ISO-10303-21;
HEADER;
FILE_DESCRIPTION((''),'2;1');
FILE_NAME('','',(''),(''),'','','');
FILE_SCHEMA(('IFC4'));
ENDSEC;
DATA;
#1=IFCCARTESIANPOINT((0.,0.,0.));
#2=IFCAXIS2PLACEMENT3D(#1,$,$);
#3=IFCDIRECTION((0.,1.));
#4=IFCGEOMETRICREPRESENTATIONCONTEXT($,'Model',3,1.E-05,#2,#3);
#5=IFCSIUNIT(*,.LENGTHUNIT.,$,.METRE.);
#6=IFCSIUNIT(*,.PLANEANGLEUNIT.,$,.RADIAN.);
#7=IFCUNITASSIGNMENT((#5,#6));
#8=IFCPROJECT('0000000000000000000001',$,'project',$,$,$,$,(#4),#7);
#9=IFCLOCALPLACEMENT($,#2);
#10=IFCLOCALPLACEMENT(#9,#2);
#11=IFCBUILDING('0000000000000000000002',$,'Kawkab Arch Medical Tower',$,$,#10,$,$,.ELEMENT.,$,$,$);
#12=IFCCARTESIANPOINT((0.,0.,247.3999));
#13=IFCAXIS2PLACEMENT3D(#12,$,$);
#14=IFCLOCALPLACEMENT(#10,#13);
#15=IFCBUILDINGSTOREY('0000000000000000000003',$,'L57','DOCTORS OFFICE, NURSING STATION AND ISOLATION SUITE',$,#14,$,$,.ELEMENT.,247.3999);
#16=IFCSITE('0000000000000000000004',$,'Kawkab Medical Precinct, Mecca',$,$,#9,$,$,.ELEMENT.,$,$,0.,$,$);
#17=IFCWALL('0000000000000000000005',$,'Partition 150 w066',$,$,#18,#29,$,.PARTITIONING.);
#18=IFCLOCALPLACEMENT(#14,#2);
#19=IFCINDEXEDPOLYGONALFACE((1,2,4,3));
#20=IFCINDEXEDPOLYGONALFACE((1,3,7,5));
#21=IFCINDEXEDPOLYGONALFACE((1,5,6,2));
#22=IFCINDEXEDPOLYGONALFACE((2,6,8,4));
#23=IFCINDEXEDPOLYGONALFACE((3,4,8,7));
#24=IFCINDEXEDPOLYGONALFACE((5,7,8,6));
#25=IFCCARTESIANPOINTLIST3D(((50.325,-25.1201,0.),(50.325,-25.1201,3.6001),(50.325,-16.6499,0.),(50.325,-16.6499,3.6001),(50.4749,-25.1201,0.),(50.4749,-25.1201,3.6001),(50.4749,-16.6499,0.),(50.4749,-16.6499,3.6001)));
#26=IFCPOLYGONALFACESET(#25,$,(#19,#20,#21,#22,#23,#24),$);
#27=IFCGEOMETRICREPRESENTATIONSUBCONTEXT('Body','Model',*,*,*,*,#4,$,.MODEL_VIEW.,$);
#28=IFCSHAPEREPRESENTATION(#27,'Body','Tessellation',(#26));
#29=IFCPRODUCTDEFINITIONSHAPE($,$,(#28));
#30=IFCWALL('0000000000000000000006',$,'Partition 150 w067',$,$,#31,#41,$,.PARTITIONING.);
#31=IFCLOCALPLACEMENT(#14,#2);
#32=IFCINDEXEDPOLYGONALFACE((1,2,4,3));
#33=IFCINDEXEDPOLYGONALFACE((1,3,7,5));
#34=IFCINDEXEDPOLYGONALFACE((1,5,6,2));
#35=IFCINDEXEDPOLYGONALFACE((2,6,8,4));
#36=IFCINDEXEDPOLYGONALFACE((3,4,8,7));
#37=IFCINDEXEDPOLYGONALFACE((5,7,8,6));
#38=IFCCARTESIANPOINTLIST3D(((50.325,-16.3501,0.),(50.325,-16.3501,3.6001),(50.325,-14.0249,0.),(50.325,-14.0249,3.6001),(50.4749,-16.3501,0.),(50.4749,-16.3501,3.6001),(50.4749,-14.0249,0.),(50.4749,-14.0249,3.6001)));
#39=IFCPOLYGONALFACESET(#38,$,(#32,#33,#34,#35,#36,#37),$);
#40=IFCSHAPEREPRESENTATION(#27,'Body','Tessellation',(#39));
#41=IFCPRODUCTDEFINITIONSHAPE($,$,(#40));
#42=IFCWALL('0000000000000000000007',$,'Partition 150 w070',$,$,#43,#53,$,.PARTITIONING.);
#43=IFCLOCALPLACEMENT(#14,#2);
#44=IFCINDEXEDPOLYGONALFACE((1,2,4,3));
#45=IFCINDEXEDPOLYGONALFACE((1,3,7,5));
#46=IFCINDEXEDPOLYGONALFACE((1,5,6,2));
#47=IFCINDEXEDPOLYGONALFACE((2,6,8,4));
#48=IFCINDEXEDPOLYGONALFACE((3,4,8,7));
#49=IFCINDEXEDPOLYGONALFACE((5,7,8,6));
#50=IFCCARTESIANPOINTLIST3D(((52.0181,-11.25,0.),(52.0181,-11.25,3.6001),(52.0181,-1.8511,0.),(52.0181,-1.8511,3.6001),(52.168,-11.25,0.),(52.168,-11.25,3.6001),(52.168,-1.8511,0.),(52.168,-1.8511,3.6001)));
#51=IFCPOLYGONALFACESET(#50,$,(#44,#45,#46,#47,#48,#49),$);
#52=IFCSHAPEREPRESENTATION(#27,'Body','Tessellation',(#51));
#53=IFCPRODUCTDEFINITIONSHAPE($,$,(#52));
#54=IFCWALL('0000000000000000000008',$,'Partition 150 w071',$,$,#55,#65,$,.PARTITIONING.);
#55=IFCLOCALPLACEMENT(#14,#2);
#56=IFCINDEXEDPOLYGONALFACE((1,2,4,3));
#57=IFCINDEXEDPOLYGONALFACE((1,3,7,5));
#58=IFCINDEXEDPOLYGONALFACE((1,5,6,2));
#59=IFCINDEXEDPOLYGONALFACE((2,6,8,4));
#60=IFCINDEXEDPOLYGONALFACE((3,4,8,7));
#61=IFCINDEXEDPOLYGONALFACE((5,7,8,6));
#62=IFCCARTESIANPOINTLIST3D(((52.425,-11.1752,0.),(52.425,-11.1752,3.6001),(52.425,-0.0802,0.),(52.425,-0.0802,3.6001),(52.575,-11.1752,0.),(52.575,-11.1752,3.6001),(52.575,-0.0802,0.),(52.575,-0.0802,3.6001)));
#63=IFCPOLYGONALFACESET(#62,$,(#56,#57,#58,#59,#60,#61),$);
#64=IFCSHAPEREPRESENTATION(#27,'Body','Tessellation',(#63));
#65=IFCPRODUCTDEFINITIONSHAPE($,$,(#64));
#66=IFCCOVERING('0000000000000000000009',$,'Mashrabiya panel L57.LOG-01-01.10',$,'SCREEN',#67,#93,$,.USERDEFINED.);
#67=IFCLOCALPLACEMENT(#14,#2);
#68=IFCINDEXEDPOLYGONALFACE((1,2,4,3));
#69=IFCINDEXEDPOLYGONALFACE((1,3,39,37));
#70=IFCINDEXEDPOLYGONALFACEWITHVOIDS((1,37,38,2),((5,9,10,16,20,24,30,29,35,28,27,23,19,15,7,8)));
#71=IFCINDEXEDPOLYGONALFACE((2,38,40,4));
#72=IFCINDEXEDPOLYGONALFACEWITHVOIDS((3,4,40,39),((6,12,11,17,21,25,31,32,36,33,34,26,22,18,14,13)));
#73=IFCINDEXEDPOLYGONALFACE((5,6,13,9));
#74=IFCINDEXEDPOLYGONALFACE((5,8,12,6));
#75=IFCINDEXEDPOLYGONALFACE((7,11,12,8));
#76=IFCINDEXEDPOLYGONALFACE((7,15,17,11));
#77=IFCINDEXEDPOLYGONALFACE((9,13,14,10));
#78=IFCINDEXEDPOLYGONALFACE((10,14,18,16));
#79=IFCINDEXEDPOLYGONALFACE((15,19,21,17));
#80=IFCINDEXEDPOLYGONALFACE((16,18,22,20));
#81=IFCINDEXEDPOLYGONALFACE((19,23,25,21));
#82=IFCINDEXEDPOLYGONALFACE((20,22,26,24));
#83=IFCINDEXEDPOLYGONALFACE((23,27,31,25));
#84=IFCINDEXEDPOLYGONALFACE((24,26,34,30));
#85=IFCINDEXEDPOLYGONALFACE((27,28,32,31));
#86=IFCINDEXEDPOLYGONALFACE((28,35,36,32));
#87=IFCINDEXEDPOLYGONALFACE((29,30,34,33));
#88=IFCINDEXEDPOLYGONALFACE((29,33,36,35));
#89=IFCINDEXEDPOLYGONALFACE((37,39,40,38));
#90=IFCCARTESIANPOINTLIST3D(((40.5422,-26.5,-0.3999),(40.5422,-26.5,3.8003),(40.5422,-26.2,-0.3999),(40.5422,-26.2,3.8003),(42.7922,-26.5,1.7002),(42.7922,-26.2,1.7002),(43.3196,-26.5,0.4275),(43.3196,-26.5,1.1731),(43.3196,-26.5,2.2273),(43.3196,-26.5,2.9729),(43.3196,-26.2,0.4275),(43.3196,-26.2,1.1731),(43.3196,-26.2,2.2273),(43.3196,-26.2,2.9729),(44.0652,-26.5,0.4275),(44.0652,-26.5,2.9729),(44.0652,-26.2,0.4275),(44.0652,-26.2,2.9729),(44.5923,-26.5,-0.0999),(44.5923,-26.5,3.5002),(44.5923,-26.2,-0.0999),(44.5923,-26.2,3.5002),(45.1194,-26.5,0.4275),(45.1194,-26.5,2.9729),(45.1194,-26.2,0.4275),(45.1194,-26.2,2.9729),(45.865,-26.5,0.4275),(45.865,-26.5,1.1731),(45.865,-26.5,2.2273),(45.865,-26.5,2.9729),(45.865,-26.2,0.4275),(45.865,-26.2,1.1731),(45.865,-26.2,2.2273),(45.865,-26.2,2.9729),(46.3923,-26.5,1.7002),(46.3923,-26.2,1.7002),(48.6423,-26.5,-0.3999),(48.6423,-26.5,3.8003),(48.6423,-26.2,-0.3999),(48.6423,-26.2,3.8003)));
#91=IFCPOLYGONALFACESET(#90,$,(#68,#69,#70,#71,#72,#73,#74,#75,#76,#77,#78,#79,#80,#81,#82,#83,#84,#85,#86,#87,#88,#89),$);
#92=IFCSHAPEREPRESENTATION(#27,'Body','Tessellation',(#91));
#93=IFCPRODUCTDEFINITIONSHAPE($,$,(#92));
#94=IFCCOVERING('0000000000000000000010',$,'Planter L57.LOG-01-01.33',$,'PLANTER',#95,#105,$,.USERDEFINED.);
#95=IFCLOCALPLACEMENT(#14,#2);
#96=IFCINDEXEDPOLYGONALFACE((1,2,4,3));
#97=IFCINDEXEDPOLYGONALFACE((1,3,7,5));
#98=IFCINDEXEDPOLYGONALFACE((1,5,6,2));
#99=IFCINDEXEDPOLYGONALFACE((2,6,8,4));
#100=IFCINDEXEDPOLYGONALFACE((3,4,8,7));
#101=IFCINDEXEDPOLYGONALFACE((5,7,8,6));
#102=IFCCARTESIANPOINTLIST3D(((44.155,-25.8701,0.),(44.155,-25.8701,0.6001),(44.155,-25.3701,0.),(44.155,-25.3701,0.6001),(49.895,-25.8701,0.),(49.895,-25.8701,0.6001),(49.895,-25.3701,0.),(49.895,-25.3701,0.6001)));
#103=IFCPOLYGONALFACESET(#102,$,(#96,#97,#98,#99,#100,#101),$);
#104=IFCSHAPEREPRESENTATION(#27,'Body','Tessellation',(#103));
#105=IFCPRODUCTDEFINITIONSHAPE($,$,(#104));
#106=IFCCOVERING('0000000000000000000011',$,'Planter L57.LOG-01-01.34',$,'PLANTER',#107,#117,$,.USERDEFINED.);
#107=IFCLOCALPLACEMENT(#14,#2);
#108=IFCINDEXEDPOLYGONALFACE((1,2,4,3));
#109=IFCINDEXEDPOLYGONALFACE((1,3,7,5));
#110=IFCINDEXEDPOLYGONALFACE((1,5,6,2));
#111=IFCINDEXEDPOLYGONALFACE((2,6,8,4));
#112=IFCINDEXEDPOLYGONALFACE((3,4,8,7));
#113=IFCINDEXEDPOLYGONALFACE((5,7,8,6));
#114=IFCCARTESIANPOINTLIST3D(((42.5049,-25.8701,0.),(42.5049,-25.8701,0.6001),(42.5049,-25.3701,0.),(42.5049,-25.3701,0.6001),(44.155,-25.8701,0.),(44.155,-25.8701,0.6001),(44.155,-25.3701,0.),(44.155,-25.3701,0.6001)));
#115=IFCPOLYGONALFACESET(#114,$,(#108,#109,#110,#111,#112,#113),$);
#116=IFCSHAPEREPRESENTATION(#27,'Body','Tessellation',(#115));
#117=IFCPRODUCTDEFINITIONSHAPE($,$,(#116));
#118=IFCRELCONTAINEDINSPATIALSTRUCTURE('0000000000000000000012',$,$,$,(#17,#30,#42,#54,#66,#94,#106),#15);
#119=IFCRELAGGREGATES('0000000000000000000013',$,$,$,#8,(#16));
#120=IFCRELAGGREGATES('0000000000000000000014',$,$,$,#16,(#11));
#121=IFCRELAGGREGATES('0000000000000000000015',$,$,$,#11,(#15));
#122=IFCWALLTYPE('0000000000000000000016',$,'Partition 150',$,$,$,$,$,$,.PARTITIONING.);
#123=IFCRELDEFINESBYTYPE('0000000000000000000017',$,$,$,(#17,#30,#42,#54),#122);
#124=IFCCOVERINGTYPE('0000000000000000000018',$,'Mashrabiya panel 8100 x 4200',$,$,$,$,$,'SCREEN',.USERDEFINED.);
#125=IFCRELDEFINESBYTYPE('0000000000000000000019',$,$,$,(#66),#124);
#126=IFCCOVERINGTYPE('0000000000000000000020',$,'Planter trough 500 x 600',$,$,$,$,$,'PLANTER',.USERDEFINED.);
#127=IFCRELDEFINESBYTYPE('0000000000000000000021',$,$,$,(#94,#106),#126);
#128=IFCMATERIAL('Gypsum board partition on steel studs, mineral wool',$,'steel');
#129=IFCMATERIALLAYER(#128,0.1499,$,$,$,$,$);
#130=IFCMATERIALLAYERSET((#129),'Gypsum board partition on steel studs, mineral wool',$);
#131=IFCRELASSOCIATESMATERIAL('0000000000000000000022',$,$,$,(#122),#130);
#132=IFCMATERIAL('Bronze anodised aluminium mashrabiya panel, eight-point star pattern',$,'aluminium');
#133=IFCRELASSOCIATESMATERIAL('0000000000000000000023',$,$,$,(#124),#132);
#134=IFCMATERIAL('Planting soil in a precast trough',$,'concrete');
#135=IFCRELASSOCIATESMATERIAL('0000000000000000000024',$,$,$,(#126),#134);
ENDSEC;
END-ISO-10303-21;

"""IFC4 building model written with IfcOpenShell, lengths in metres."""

from ifc_helpers import new_model, si_unit, direction, frame, frame_2d, origin, origin_2d, place, context, subcontext, project, spatial, polyline, rectangle, outline, extrude, material, layer, layer_set, material_profile, profile_set, type_object, element, save


model = new_model("IFC4")

# Units and contexts
model_context = context("Model", 3, precision=1e-05, world=origin(), true_north=direction((0.0, 1.0)))
body_context = subcontext(model_context, "Body", "Model", "MODEL_VIEW")
ifc_project = project(units=[si_unit("LENGTHUNIT", "METRE"), si_unit("PLANEANGLEUNIT", "RADIAN")], contexts=[model_context])

# Site, building, storey
site_placement = place(None, origin())
site = spatial("IfcSite", under=ifc_project, at=site_placement, Name="Kawkab Medical Precinct, Mecca", CompositionType="ELEMENT", RefElevation=0.0)
building_placement = place(site_placement, origin())
building = spatial("IfcBuilding", under=site, at=building_placement, Name="Kawkab Arch Medical Tower", CompositionType="ELEMENT")
storey_placement = place(building_placement, frame((0.0, 0.0, 247.3999)))
storey = spatial("IfcBuildingStorey", under=building, at=storey_placement, Name="L57", Description="DOCTORS OFFICE, NURSING STATION AND ISOLATION SUITE", CompositionType="ELEMENT", Elevation=247.3999)

# Shared definitions
ifc_material_1 = material(Name="Gypsum board partition on steel studs, mineral wool", Category="steel")
ifc_layer_1 = layer(ifc_material_1, 0.1499)
ifc_layer_set_1 = layer_set([ifc_layer_1], Name="Gypsum board partition on steel studs, mineral wool")
wall_type_1 = type_object("IfcWallType", Name="Partition 150", PredefinedType="PARTITIONING", material=ifc_layer_set_1)

# Walls
wall_1_placement = place(storey_placement, frame((50.3999, -25.1201, 0.0), z_axis=(0.0, 0.0, 1.0), x_axis=(0.0, 1.0, 0.0)))
element("IfcWall", 1, at=wall_1_placement, inside=storey, type_object=wall_type_1, Name="Partition 150 w066", PredefinedType="PARTITIONING", context=body_context, shape_type="SweptSolid", body=[
    extrude(rectangle(XDim=8.4702, YDim=0.1499, at=frame_2d((4.2351, 0.0))), origin(), (0.0, 0.0, 1.0), 3.6001),
])
wall_2_placement = place(storey_placement, frame((50.3999, -16.3501, 0.0), z_axis=(0.0, 0.0, 1.0), x_axis=(0.0, 1.0, 0.0)))
element("IfcWall", 2, at=wall_2_placement, inside=storey, type_object=wall_type_1, Name="Partition 150 w067", PredefinedType="PARTITIONING", context=body_context, shape_type="SweptSolid", body=[
    extrude(rectangle(XDim=2.3252, YDim=0.1499, at=frame_2d((1.1626, 0.0))), origin(), (0.0, 0.0, 1.0), 3.6001),
])
wall_3_placement = place(storey_placement, frame((52.093, -11.25, 0.0), z_axis=(0.0, 0.0, 1.0), x_axis=(0.0, 1.0, 0.0)))
element("IfcWall", 3, at=wall_3_placement, inside=storey, type_object=wall_type_1, Name="Partition 150 w070", PredefinedType="PARTITIONING", context=body_context, shape_type="SweptSolid", body=[
    extrude(rectangle(XDim=9.3989, YDim=0.1499, at=frame_2d((4.6995, 0.0))), origin(), (0.0, 0.0, 1.0), 3.6001),
])
wall_4_placement = place(storey_placement, frame((52.5, -11.175, 0.0), z_axis=(0.0, 0.0, 1.0), x_axis=(0.0, 1.0, 0.0)))
element("IfcWall", 4, at=wall_4_placement, inside=storey, type_object=wall_type_1, Name="Partition 150 w071", PredefinedType="PARTITIONING", context=body_context, shape_type="SweptSolid", body=[
    extrude(rectangle(XDim=11.095, YDim=0.1499, at=frame_2d((5.5474, 0.0))), origin(), (0.0, 0.0, 1.0), 3.6001),
])

# Coverings
ifc_material_2 = material(Name="Bronze anodised aluminium mashrabiya panel, eight-point star pattern", Category="aluminium")
ifc_material_profile_1 = material_profile(ifc_material_2, outline(polyline([(-4.05, -2.1001), (4.05, -2.1001), (4.05, 2.1001), (-4.05, 2.1001), (-4.05, -2.1001)]), holes=[polyline([(1.8, 0.0), (1.2727, 0.5271), (1.2727, 1.2727), (0.5271, 1.2727), (0.0, 1.8), (-0.5271, 1.2727), (-1.2727, 1.2727), (-1.2727, 0.5271), (-1.8, 0.0), (-1.2727, -0.5271), (-1.2727, -1.2727), (-0.5271, -1.2727), (0.0, -1.8), (0.5271, -1.2727), (1.2727, -1.2727), (1.2727, -0.5271), (1.8, 0.0)])]), Name="Mashrabiya panel 8100x4200")
ifc_profile_set_1 = profile_set([ifc_material_profile_1], Name="Bronze anodised aluminium mashrabiya panel, eight-point star pattern")
covering_type_1 = type_object("IfcCoveringType", Name="Mashrabiya panel 8100 x 4200", ElementType="SCREEN", PredefinedType="USERDEFINED", material=ifc_profile_set_1)
covering_1_placement = place(storey_placement, frame((44.5923, -26.2, 1.7002), z_axis=(0.0, -1.0, 0.0), x_axis=(1.0, 0.0, 0.0)))
element("IfcCovering", 5, at=covering_1_placement, inside=storey, type_object=covering_type_1, Name="Mashrabiya panel L57.LOG-01-01.10", ObjectType="SCREEN", PredefinedType="USERDEFINED", context=body_context, shape_type="SweptSolid", body=[
    extrude(outline(polyline([(-4.05, -2.1001), (4.05, -2.1001), (4.05, 2.1001), (-4.05, 2.1001), (-4.05, -2.1001)]), holes=[polyline([(1.8, 0.0), (1.2727, 0.5271), (1.2727, 1.2727), (0.5271, 1.2727), (0.0, 1.8), (-0.5271, 1.2727), (-1.2727, 1.2727), (-1.2727, 0.5271), (-1.8, 0.0), (-1.2727, -0.5271), (-1.2727, -1.2727), (-0.5271, -1.2727), (0.0, -1.8), (0.5271, -1.2727), (1.2727, -1.2727), (1.2727, -0.5271), (1.8, 0.0)])]), origin(), (0.0, 0.0, 1.0), 0.3),
])
ifc_material_3 = material(Name="Planting soil in a precast trough", Category="concrete")
ifc_material_profile_2 = material_profile(ifc_material_3, rectangle(XDim=0.5, YDim=0.6001, at=origin_2d()), Name="Trough 500x600")
ifc_profile_set_2 = profile_set([ifc_material_profile_2], Name="Planting soil in a precast trough")
covering_type_2 = type_object("IfcCoveringType", Name="Planter trough 500 x 600", ElementType="PLANTER", PredefinedType="USERDEFINED", material=ifc_profile_set_2)
covering_2_placement = place(storey_placement, frame((49.895, -25.6201, 0.3), z_axis=(-1.0, 0.0, 0.0), x_axis=(0.0, -1.0, 0.0)))
element("IfcCovering", 6, at=covering_2_placement, inside=storey, type_object=covering_type_2, Name="Planter L57.LOG-01-01.33", ObjectType="PLANTER", PredefinedType="USERDEFINED", context=body_context, shape_type="SweptSolid", body=[
    extrude(rectangle(XDim=0.5, YDim=0.6001, at=origin_2d()), origin(), (0.0, 0.0, 1.0), 5.74),
])
covering_3_placement = place(storey_placement, frame((44.155, -25.6201, 0.3), z_axis=(-1.0, 0.0, 0.0), x_axis=(0.0, -1.0, 0.0)))
element("IfcCovering", 7, at=covering_3_placement, inside=storey, type_object=covering_type_2, Name="Planter L57.LOG-01-01.34", ObjectType="PLANTER", PredefinedType="USERDEFINED", context=body_context, shape_type="SweptSolid", body=[
    extrude(rectangle(XDim=0.5, YDim=0.6001, at=origin_2d()), origin(), (0.0, 0.0, 1.0), 1.6501),
])

save(model, "model.ifc")
